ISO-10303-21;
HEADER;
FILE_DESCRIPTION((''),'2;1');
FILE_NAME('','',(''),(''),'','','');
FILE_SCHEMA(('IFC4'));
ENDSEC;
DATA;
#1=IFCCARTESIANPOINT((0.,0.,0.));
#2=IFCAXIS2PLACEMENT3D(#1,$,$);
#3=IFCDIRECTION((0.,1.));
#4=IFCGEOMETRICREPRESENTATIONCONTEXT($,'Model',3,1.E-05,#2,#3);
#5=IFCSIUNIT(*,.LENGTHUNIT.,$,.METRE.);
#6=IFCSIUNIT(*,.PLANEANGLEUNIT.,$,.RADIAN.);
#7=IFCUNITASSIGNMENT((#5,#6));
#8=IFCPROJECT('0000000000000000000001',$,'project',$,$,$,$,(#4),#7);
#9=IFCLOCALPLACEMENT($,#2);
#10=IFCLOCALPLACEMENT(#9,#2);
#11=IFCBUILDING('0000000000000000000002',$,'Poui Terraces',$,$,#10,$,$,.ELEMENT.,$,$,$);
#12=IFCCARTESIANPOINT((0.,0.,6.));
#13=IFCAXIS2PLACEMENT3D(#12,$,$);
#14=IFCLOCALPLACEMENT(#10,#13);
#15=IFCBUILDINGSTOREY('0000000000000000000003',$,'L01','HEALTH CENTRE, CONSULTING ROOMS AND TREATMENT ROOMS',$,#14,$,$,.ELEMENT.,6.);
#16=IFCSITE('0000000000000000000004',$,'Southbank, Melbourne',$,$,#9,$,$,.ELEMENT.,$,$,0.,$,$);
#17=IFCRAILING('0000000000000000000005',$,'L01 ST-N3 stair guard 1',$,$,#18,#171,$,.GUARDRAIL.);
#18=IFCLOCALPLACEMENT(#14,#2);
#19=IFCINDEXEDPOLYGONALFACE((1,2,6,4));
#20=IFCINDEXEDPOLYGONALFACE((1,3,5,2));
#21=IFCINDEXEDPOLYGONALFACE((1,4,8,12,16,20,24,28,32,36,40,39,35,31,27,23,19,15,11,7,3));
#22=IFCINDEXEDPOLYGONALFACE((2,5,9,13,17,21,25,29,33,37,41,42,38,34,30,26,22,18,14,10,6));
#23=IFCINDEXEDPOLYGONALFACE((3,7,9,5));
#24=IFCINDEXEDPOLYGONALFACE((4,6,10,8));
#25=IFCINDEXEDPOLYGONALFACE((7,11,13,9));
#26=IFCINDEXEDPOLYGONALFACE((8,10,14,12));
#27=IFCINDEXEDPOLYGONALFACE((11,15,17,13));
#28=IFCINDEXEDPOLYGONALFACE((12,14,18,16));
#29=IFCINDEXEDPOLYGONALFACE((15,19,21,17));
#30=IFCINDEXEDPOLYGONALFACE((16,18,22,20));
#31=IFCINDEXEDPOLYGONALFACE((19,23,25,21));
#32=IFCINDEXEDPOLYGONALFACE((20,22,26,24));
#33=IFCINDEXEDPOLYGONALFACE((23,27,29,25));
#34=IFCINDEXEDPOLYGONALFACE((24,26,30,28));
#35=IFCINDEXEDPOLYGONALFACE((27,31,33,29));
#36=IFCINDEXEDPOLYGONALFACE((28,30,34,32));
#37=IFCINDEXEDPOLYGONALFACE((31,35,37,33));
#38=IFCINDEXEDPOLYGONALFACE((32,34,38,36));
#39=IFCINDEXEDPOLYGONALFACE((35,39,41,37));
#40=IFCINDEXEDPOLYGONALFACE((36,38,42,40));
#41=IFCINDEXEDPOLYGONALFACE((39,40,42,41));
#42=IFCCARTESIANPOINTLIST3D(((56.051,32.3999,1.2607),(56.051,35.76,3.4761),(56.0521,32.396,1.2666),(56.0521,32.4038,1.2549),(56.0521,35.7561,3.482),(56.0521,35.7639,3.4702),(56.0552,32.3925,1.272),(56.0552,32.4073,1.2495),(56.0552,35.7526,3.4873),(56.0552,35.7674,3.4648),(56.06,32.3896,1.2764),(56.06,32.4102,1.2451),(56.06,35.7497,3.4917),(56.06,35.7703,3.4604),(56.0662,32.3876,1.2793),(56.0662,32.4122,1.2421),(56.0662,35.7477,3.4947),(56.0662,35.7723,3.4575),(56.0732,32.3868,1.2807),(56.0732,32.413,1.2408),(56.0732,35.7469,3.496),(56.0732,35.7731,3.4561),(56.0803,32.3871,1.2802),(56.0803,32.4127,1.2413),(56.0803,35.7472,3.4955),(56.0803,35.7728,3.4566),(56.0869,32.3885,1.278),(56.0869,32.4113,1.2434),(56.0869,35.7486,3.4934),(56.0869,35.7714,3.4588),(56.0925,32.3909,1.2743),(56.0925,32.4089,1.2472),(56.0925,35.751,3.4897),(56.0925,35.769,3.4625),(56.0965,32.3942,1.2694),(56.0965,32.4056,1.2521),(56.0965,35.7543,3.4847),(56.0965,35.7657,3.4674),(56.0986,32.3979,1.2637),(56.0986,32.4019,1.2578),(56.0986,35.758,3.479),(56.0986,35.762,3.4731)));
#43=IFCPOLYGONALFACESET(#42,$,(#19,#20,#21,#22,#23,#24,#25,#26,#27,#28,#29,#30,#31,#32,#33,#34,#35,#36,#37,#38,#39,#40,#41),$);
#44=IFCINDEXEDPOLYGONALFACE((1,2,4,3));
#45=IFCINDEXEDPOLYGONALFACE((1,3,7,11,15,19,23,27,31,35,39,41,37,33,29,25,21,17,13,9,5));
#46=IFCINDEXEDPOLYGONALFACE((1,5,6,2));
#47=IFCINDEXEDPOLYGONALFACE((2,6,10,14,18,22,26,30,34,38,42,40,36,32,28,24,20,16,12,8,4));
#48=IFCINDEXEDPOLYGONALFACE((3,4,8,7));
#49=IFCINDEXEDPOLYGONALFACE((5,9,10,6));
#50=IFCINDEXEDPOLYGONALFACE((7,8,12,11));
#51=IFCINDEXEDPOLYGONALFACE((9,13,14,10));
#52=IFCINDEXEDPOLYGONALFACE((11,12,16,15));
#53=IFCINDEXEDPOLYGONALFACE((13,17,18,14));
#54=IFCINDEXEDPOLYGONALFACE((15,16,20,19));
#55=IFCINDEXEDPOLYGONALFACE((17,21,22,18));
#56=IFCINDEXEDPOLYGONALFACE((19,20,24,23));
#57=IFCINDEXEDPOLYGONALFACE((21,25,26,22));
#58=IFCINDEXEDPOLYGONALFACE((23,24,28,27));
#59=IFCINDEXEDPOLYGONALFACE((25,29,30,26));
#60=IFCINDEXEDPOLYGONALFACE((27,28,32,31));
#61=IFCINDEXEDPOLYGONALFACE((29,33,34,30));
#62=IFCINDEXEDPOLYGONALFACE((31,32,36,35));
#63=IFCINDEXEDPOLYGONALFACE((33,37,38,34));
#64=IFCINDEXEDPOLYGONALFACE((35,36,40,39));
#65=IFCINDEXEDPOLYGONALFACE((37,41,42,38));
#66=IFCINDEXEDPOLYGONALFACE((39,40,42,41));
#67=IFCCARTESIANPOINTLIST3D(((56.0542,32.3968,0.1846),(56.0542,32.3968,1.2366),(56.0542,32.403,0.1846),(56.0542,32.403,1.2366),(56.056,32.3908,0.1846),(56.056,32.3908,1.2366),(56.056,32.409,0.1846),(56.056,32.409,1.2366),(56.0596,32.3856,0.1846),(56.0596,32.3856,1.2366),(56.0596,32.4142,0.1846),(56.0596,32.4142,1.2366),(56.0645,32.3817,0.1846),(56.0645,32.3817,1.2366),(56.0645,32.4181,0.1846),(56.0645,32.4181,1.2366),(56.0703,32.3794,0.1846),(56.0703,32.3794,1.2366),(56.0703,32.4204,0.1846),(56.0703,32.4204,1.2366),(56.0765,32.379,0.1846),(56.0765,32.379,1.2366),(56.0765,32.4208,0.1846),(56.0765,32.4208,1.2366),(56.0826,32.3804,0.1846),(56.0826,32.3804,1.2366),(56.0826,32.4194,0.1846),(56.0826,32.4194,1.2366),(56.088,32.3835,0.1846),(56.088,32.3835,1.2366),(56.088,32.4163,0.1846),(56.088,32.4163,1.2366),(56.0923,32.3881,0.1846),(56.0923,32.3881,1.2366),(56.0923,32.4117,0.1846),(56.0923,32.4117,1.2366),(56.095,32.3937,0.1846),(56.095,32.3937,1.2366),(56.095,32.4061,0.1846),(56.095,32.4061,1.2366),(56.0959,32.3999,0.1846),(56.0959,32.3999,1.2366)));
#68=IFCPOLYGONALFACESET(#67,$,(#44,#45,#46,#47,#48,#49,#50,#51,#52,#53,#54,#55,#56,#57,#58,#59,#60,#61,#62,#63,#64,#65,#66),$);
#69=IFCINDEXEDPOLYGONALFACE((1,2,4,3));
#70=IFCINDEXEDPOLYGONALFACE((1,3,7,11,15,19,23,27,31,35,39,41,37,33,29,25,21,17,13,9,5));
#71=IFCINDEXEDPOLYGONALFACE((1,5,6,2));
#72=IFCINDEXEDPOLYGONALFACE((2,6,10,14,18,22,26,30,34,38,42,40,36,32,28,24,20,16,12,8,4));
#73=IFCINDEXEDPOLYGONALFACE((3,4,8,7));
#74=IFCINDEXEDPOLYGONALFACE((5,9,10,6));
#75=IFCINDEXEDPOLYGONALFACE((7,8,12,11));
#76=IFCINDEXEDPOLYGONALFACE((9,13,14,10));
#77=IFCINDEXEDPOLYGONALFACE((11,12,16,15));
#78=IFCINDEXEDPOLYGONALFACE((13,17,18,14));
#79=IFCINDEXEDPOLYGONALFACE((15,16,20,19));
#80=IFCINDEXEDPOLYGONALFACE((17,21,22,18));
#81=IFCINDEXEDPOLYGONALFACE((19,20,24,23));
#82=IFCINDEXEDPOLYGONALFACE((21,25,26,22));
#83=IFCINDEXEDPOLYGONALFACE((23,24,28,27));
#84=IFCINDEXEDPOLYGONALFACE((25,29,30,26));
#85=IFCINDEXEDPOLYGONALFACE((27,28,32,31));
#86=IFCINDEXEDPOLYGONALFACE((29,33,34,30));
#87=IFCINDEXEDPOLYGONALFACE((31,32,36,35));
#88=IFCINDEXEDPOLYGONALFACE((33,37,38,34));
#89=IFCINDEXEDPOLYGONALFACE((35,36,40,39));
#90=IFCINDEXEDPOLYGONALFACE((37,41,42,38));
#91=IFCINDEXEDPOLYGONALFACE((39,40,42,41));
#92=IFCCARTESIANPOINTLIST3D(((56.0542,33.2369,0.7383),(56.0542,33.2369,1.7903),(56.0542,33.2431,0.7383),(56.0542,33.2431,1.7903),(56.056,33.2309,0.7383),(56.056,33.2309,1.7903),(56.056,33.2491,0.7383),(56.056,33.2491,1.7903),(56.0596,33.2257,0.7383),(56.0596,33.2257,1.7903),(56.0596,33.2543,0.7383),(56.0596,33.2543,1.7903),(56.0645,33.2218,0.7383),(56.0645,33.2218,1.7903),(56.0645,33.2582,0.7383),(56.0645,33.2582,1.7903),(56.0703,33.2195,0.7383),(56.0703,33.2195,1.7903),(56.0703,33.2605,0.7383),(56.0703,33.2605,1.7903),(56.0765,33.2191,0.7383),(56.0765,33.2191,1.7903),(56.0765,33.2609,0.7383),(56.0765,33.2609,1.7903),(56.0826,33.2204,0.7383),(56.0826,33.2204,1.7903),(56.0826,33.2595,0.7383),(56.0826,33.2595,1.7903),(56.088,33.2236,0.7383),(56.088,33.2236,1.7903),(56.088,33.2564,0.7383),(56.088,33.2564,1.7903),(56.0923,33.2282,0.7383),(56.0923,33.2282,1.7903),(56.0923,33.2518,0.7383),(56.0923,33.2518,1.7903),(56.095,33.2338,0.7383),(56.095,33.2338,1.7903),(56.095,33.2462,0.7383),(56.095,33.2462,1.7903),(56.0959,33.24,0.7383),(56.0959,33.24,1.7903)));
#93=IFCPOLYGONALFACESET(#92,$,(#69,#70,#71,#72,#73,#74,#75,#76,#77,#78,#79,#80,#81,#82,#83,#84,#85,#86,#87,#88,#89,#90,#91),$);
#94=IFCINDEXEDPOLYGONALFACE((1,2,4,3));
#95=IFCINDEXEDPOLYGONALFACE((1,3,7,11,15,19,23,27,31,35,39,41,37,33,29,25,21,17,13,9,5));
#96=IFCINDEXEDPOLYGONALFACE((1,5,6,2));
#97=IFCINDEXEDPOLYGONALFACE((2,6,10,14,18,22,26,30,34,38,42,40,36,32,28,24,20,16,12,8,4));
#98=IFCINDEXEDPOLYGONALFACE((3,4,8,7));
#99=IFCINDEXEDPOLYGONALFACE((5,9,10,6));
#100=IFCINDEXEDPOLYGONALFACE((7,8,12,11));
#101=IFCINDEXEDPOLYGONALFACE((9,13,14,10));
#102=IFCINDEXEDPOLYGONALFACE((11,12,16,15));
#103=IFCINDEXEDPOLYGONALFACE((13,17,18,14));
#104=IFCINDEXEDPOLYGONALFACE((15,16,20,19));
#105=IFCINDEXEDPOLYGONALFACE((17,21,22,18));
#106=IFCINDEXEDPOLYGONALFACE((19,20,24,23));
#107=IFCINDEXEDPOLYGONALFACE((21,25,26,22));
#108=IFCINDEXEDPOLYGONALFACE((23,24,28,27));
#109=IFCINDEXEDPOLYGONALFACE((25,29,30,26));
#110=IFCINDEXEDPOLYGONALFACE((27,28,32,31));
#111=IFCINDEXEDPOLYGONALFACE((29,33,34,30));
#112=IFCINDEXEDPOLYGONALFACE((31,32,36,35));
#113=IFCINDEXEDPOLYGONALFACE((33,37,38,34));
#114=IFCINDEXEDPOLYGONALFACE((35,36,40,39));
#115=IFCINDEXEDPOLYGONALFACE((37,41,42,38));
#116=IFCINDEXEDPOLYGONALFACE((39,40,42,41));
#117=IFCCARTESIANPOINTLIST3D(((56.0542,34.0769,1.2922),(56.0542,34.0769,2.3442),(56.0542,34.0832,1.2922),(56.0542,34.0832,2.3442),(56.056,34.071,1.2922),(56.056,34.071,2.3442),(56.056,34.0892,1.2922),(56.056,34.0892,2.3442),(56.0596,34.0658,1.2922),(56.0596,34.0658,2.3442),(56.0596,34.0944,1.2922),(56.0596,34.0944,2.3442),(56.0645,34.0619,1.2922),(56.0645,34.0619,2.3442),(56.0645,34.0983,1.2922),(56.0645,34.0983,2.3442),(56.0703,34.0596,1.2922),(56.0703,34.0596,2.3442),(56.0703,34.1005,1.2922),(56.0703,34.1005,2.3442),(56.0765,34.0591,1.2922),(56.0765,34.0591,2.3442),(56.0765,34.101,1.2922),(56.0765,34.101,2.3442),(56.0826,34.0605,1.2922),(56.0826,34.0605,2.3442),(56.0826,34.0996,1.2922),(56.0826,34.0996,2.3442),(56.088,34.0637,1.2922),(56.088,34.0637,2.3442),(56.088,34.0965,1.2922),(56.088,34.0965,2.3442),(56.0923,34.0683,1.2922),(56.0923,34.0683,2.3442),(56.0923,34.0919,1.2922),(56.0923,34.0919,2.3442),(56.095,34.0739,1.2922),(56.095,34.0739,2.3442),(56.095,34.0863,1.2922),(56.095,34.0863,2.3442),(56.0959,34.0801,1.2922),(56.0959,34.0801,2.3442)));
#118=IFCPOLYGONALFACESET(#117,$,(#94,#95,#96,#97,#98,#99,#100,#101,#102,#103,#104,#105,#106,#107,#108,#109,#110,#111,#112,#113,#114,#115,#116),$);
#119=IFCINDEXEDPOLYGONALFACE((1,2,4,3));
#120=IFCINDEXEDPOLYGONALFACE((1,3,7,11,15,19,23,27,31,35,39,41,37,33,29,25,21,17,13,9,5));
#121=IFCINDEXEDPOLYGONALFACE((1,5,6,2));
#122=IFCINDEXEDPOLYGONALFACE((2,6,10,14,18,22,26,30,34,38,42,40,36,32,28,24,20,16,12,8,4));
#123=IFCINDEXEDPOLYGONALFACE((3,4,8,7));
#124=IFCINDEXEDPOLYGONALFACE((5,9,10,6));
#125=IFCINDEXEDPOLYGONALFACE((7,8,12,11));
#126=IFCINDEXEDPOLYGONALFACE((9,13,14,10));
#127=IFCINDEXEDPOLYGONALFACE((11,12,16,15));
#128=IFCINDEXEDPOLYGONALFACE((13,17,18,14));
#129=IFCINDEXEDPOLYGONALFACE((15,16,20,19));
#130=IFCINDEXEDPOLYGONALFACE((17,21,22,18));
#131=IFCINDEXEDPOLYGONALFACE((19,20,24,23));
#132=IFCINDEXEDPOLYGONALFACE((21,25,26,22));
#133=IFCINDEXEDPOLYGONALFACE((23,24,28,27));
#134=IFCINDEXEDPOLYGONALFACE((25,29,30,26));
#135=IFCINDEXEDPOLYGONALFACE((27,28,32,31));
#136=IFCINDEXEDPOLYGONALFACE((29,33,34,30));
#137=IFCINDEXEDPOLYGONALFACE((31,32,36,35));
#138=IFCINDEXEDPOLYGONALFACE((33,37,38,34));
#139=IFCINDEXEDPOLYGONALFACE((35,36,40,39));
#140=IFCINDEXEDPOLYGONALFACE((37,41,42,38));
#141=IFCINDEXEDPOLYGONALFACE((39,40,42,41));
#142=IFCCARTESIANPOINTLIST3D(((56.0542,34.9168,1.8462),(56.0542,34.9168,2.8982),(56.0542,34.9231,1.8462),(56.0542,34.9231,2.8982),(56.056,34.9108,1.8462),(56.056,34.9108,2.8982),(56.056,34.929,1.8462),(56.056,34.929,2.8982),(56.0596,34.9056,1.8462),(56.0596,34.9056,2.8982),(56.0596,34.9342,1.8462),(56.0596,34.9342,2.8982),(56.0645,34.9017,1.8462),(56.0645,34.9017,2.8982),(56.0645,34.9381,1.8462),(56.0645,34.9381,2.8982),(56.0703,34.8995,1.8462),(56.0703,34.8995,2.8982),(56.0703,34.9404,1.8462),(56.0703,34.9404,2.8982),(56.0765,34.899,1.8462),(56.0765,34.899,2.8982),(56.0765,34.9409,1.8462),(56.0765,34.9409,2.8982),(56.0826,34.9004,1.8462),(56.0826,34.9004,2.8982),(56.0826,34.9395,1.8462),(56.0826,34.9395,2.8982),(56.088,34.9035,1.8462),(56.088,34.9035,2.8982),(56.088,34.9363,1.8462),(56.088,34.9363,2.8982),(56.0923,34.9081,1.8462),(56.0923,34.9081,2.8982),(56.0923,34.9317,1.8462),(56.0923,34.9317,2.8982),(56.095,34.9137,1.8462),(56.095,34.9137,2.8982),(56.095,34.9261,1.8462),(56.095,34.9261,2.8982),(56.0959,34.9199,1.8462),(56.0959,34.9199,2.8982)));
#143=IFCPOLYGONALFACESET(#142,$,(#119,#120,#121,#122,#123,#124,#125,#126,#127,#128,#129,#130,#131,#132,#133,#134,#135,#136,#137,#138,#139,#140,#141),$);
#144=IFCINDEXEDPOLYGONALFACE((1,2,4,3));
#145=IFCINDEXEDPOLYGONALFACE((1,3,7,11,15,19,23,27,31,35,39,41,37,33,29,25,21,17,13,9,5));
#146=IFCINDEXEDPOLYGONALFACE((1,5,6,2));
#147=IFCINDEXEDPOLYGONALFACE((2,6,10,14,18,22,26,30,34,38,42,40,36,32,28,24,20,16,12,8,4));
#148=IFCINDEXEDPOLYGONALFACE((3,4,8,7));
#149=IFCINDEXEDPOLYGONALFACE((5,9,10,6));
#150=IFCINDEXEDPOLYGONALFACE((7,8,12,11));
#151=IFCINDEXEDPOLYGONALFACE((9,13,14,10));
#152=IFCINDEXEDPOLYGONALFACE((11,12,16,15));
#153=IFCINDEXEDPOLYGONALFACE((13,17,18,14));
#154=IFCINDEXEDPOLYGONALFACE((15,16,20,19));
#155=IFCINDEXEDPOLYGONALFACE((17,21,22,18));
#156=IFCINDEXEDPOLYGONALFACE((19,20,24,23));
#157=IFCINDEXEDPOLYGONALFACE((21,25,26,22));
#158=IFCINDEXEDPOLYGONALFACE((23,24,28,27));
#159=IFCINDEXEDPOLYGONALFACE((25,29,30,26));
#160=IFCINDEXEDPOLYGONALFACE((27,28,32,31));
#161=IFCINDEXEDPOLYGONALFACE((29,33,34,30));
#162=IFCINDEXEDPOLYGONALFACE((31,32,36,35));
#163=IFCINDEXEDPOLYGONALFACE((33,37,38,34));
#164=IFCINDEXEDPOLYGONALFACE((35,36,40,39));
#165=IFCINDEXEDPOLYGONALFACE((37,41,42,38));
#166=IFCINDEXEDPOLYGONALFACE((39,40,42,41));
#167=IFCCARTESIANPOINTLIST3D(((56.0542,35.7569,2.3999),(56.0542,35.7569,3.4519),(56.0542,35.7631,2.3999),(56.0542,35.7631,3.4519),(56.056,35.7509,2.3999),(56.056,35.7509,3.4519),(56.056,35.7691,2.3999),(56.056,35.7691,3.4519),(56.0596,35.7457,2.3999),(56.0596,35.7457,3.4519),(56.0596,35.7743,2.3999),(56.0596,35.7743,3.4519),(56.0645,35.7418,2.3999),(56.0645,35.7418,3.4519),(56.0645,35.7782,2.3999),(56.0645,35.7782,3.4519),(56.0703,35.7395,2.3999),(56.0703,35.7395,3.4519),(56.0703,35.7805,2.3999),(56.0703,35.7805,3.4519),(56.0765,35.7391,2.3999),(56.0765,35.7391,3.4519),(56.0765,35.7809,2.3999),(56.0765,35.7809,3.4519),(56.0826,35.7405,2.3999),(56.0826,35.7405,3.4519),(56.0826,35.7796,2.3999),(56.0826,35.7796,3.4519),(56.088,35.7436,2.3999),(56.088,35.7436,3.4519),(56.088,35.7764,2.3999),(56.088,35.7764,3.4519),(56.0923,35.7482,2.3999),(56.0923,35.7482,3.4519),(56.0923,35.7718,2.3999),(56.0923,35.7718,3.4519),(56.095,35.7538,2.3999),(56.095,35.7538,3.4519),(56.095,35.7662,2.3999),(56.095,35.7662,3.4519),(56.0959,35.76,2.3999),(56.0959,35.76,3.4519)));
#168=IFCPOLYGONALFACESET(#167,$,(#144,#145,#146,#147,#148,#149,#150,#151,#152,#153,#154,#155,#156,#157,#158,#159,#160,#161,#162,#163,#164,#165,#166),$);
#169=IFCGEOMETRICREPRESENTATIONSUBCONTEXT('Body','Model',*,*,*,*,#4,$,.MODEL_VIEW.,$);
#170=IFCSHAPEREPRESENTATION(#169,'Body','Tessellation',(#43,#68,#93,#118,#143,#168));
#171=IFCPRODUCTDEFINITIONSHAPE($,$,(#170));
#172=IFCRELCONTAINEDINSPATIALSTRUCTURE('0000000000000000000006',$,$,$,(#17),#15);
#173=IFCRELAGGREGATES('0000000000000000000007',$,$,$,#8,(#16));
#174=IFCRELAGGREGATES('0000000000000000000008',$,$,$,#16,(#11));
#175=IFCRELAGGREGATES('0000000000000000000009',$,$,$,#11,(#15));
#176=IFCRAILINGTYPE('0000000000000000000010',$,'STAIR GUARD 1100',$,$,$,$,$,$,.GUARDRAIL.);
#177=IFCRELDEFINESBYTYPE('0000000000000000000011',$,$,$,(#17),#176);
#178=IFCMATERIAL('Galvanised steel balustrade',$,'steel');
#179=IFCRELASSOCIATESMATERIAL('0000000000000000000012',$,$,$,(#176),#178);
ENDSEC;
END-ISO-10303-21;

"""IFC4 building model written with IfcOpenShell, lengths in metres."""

from ifc_helpers import new_model, si_unit, direction, frame, origin, origin_2d, place, context, subcontext, project, spatial, circle, extrude, material, type_object, element, save


model = new_model("IFC4")

# Units and contexts
model_context = context("Model", 3, precision=1e-05, world=origin(), true_north=direction((0.0, 1.0)))
body_context = subcontext(model_context, "Body", "Model", "MODEL_VIEW")
ifc_project = project(units=[si_unit("LENGTHUNIT", "METRE"), si_unit("PLANEANGLEUNIT", "RADIAN")], contexts=[model_context])

# Site, building, storey
site_placement = place(None, origin())
site = spatial("IfcSite", under=ifc_project, at=site_placement, Name="Southbank, Melbourne", CompositionType="ELEMENT", RefElevation=0.0)
building_placement = place(site_placement, origin())
building = spatial("IfcBuilding", under=site, at=building_placement, Name="Poui Terraces", CompositionType="ELEMENT")
storey_placement = place(building_placement, frame((0.0, 0.0, 6.0)))
storey = spatial("IfcBuildingStorey", under=building, at=storey_placement, Name="L01", Description="HEALTH CENTRE, CONSULTING ROOMS AND TREATMENT ROOMS", CompositionType="ELEMENT", Elevation=6.0)

# Railing
ifc_material_1 = material(Name="Galvanised steel balustrade", Category="steel")
railing_type_1 = type_object("IfcRailingType", Name="STAIR GUARD 1100", PredefinedType="GUARDRAIL", material=ifc_material_1)
railing_1_placement = place(storey_placement, frame((56.075, 32.3999, 0.1846)))
element("IfcRailing", 1, at=railing_1_placement, inside=storey, type_object=railing_type_1, Name="L01 ST-N3 stair guard 1", PredefinedType="GUARDRAIL", context=body_context, shape_type="SweptSolid", body=[
    extrude(circle(Radius=0.0239, at=origin_2d()), frame((0.0, 0.0, 1.0762), z_axis=(0.0, 0.834876, 0.550437), x_axis=(-1.0, 0.0, 0.0)), (0.0, 0.0, 1.0), 4.0247),
    extrude(circle(Radius=0.021, at=origin_2d()), origin(), (0.0, 0.0, 1.0), 1.052),
    extrude(circle(Radius=0.021, at=origin_2d()), frame((0.0, 0.8401, 0.5537)), (0.0, 0.0, 1.0), 1.052),
    extrude(circle(Radius=0.021, at=origin_2d()), frame((0.0, 1.6802, 1.1077)), (0.0, 0.0, 1.0), 1.052),
    extrude(circle(Radius=0.021, at=origin_2d()), frame((0.0, 2.52, 1.6616)), (0.0, 0.0, 1.0), 1.052),
    extrude(circle(Radius=0.021, at=origin_2d()), frame((0.0, 3.3601, 2.2153)), (0.0, 0.0, 1.0), 1.052),
])

save(model, "model.ifc")
